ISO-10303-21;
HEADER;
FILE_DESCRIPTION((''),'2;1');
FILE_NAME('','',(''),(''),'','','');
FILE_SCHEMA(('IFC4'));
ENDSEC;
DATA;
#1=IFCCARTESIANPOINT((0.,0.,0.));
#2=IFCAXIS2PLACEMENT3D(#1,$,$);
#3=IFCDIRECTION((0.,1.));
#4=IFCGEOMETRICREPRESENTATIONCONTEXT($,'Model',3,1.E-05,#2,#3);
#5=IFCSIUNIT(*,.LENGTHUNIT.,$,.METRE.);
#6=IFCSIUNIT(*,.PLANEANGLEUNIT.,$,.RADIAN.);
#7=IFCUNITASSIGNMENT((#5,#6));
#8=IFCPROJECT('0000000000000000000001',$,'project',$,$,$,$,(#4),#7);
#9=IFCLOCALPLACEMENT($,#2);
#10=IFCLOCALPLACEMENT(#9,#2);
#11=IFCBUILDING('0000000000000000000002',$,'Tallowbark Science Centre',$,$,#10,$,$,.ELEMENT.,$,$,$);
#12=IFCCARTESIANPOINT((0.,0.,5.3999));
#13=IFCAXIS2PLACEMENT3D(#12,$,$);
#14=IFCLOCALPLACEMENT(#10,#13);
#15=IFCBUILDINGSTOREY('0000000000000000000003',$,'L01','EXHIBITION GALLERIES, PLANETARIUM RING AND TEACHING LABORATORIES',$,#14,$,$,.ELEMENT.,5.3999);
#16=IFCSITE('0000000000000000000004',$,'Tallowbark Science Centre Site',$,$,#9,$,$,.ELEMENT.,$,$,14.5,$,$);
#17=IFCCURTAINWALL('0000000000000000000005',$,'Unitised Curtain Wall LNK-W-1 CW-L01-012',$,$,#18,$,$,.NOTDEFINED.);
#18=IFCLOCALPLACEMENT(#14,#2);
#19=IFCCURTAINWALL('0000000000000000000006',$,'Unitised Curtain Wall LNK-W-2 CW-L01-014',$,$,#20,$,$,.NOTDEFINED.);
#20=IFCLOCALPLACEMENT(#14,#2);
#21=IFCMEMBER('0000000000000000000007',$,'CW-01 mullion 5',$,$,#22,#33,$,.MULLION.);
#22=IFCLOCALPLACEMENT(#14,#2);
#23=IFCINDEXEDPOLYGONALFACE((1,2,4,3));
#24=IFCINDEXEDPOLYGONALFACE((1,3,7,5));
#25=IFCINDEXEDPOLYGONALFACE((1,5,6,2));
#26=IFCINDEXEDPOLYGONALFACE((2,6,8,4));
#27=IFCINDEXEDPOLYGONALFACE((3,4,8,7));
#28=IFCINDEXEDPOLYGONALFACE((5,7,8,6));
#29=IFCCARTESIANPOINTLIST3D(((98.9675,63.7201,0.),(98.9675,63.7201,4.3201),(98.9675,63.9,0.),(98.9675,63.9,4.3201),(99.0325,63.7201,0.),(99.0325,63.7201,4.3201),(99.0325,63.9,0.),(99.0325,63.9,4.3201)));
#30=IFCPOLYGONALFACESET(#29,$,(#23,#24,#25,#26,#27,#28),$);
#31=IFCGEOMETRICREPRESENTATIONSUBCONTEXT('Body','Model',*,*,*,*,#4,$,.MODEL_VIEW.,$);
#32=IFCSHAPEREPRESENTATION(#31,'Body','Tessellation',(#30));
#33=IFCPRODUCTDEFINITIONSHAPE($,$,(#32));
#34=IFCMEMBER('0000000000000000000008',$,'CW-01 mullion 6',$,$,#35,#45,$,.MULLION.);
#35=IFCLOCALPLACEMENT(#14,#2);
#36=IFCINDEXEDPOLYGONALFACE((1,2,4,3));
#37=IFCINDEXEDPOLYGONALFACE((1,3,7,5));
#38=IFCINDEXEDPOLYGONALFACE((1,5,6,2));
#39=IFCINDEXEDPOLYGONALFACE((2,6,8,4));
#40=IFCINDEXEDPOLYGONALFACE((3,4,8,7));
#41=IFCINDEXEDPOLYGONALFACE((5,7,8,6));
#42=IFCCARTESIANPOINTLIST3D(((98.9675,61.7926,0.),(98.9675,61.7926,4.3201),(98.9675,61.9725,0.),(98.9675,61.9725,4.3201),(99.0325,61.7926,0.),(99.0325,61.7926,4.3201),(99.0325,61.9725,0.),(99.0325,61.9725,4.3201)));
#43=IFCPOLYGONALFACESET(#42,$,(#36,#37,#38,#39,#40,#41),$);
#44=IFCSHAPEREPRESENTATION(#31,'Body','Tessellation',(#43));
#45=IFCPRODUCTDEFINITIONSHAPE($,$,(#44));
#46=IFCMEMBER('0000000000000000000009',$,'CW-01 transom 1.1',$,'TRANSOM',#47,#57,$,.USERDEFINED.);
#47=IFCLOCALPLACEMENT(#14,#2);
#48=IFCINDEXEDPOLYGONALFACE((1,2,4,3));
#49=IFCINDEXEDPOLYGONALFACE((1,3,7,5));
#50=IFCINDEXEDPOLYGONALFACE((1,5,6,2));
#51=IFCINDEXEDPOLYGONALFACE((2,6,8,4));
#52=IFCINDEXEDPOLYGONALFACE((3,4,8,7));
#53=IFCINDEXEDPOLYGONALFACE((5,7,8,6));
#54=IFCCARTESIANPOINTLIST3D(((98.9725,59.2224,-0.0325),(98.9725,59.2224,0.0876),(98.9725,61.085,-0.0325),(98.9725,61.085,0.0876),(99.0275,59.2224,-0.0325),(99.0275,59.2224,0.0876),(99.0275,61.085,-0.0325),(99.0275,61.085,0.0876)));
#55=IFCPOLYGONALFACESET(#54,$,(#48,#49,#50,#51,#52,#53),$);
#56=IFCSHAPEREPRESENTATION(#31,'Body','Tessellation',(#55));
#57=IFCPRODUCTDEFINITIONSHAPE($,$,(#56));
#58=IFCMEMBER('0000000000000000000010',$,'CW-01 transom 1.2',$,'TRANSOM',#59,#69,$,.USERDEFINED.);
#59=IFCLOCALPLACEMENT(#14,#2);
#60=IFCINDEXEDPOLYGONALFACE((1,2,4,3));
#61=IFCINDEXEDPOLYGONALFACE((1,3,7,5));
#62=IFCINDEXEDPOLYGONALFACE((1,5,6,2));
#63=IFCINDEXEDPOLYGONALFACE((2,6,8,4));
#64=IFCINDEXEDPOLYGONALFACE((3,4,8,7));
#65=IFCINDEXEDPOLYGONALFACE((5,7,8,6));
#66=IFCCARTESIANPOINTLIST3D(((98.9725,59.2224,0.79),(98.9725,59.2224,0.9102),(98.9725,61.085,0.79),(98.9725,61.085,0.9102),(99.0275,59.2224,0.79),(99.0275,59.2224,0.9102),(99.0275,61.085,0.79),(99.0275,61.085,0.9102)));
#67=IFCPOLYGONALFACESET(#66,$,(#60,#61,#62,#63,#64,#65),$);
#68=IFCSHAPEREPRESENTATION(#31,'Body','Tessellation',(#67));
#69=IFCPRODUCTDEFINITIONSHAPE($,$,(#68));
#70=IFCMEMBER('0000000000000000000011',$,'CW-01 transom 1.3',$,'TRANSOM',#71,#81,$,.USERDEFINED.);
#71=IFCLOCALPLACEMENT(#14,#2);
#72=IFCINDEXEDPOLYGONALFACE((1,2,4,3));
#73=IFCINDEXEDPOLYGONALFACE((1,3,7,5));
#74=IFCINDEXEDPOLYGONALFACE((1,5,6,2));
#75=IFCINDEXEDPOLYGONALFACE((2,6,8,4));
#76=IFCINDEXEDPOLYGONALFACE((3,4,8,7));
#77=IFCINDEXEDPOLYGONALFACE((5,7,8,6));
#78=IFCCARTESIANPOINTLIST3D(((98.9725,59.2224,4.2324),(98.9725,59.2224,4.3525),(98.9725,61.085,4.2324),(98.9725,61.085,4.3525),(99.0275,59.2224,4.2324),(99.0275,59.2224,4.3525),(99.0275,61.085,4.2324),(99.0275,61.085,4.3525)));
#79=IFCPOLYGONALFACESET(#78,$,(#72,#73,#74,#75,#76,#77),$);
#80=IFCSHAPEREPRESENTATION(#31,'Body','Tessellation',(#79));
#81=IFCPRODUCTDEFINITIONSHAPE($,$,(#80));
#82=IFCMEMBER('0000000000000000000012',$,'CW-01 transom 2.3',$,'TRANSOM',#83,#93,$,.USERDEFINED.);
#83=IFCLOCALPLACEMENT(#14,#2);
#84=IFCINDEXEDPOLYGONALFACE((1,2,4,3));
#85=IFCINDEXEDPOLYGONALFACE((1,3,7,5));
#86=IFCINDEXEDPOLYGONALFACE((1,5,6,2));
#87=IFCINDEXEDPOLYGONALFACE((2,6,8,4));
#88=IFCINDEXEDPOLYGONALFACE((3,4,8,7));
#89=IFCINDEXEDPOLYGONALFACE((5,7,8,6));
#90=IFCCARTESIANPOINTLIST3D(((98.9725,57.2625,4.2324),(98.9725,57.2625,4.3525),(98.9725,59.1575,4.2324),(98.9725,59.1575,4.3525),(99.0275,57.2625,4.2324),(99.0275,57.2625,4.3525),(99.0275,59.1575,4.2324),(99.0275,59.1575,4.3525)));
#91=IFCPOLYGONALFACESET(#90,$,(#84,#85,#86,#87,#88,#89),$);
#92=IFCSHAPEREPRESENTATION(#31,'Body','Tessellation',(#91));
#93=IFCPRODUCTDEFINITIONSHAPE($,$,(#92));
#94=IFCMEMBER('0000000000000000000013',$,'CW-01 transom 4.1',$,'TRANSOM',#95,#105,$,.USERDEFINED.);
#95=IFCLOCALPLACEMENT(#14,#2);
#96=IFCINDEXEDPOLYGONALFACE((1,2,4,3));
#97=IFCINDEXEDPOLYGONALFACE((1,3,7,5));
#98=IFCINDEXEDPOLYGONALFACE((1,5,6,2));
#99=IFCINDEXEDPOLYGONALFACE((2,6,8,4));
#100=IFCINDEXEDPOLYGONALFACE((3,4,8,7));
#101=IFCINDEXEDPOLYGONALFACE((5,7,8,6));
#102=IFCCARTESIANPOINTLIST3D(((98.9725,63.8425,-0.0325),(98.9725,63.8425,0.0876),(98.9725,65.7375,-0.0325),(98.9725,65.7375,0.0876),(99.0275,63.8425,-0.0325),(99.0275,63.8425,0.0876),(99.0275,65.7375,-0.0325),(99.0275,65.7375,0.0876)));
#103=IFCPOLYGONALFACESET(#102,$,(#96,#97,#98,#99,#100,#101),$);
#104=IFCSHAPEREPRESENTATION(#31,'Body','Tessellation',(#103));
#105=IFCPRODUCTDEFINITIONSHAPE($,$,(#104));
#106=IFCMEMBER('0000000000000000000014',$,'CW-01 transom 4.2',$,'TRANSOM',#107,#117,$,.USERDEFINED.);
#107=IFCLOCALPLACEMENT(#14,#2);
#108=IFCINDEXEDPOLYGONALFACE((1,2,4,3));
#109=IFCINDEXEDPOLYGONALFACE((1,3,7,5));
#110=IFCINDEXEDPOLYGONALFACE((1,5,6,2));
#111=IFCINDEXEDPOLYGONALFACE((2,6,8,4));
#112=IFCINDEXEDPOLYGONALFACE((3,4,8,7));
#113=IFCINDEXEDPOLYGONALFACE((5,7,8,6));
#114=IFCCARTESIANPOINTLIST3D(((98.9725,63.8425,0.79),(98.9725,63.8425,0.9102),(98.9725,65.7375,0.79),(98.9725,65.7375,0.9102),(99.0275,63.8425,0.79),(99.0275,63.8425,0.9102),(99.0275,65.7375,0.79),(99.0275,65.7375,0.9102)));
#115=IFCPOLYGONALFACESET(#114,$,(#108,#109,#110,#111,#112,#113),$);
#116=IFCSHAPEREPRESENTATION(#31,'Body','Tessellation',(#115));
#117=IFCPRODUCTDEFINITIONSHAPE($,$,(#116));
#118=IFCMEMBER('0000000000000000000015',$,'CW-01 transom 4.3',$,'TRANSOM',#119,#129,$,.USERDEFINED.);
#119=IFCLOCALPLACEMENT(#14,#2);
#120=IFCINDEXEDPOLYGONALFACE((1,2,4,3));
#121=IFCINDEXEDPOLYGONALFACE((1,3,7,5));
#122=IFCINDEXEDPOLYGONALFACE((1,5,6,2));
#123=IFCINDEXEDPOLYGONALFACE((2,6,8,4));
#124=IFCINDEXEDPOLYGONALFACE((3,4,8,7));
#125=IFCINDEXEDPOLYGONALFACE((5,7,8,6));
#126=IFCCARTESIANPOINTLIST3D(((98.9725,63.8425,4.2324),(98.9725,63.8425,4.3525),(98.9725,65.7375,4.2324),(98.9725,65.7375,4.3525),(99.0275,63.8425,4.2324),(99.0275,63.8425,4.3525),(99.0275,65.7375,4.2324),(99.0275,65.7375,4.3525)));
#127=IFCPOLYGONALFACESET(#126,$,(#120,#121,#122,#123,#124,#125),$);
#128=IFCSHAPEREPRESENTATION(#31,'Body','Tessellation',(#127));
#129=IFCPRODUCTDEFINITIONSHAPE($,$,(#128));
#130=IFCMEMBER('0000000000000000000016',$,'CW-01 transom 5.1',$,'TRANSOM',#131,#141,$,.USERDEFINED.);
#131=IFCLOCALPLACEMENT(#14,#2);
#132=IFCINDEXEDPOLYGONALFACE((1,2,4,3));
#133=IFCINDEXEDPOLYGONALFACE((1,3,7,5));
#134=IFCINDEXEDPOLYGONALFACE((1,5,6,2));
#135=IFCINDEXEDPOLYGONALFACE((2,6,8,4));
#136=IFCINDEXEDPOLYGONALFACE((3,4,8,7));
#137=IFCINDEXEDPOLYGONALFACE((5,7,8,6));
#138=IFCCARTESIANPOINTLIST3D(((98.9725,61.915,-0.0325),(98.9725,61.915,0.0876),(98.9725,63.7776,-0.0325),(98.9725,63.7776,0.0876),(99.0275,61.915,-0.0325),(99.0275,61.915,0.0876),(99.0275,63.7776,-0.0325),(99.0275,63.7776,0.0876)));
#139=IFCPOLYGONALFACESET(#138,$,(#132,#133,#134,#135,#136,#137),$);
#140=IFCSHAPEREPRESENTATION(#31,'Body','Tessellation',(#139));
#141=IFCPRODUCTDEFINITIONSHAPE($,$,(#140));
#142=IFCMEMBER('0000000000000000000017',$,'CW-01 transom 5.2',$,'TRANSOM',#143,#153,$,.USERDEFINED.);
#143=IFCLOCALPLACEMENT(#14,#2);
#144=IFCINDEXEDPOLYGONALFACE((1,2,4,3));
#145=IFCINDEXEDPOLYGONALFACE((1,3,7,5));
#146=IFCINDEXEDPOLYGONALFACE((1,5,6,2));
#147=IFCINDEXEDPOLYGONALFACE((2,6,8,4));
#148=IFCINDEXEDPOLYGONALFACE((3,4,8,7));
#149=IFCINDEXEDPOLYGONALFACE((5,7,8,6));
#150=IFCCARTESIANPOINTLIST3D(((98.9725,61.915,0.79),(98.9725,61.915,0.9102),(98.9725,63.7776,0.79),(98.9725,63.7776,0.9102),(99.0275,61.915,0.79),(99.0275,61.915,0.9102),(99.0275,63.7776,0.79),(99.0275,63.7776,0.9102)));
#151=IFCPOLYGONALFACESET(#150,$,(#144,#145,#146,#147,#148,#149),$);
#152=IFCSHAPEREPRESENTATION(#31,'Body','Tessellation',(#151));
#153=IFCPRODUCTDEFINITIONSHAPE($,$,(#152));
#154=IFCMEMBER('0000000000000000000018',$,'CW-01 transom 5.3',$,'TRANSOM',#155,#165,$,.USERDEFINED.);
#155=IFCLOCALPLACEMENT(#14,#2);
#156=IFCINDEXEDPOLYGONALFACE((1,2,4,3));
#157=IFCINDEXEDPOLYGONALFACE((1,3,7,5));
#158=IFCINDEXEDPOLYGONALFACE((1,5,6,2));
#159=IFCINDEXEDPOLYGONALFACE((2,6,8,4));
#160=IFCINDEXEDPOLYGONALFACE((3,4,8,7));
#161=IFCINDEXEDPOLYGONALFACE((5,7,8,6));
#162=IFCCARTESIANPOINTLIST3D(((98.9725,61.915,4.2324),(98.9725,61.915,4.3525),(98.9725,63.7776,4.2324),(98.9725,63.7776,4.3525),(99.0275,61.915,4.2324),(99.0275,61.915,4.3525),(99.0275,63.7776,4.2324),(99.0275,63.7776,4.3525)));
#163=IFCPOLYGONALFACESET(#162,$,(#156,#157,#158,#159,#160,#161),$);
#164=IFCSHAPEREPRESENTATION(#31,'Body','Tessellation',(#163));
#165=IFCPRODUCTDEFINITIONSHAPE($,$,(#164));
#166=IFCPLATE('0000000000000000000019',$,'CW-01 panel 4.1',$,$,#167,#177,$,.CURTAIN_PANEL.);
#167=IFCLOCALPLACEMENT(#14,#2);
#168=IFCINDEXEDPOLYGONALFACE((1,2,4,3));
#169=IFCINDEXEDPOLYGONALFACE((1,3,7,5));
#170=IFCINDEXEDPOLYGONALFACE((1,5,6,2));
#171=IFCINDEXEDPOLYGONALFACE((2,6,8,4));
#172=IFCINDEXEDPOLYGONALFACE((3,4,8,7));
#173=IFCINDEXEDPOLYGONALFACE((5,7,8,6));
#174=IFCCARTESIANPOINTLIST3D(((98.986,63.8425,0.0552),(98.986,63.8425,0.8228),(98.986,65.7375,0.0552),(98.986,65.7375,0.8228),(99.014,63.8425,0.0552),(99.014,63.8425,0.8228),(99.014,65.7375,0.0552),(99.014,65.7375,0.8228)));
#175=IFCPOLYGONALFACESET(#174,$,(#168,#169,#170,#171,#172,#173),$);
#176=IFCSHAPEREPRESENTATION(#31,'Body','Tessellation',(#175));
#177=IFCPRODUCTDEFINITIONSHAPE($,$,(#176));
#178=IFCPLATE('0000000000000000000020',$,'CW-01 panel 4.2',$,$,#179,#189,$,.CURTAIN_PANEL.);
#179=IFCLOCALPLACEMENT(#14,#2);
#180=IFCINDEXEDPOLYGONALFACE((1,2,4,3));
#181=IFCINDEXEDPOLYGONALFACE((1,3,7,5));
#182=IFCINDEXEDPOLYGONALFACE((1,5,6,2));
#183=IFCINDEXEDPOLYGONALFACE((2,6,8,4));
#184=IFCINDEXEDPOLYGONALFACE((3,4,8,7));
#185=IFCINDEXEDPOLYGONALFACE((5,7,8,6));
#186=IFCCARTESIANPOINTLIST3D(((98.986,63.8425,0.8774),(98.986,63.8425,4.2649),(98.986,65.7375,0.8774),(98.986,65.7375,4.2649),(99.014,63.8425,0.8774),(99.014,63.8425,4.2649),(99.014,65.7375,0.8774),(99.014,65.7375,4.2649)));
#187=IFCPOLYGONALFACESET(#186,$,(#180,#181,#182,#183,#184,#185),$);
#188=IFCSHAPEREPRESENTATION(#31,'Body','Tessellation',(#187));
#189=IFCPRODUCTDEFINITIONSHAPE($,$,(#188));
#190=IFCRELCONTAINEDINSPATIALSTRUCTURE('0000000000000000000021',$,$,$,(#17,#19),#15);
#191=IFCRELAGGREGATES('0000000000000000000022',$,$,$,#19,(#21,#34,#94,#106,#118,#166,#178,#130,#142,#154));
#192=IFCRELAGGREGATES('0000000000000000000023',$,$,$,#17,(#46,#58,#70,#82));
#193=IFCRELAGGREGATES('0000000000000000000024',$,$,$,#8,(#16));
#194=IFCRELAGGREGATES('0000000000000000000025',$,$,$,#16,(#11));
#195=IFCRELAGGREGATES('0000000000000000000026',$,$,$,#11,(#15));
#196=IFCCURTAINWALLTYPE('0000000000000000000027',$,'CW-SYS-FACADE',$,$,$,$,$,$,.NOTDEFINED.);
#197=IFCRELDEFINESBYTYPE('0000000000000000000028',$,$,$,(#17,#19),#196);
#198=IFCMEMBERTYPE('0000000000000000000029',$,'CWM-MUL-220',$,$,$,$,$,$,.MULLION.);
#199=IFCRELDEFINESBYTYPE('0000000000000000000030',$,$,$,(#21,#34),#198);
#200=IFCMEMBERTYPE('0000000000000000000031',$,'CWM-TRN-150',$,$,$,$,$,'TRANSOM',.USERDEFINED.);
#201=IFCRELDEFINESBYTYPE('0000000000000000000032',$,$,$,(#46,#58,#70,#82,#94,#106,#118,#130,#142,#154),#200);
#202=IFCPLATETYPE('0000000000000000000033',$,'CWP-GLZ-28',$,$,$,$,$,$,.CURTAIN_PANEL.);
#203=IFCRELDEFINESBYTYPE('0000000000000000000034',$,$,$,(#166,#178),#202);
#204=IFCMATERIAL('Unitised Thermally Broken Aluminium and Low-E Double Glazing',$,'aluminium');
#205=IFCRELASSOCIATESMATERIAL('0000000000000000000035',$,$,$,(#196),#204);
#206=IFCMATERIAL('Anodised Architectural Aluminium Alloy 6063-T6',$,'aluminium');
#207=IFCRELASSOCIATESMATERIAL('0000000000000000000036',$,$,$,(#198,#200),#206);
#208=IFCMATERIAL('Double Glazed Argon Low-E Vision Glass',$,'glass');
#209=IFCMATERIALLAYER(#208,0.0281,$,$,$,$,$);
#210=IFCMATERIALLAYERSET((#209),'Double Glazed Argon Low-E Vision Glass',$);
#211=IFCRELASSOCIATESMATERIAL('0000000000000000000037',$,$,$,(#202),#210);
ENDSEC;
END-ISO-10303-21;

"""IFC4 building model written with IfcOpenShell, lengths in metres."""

from ifc_helpers import new_model, si_unit, direction, frame, origin, origin_2d, place, context, subcontext, project, spatial, rectangle, extrude, material, layer, layer_set, material_profile, profile_set, type_object, element, aggregate, save


model = new_model("IFC4")

# Units and contexts
model_context = context("Model", 3, precision=1e-05, world=origin(), true_north=direction((0.0, 1.0)))
body_context = subcontext(model_context, "Body", "Model", "MODEL_VIEW")
ifc_project = project(units=[si_unit("LENGTHUNIT", "METRE"), si_unit("PLANEANGLEUNIT", "RADIAN")], contexts=[model_context])

# Site, building, storey
site_placement = place(None, origin())
site = spatial("IfcSite", under=ifc_project, at=site_placement, Name="Tallowbark Science Centre Site", CompositionType="ELEMENT", RefElevation=14.5)
building_placement = place(site_placement, origin())
building = spatial("IfcBuilding", under=site, at=building_placement, Name="Tallowbark Science Centre", CompositionType="ELEMENT")
storey_placement = place(building_placement, frame((0.0, 0.0, 5.3999)))
storey = spatial("IfcBuildingStorey", under=building, at=storey_placement, Name="L01", Description="EXHIBITION GALLERIES, PLANETARIUM RING AND TEACHING LABORATORIES", CompositionType="ELEMENT", Elevation=5.3999)

# Curtain walls, members
ifc_material_1 = material(Name="Unitised Thermally Broken Aluminium and Low-E Double Glazing", Category="aluminium")
curtain_wall_type = type_object("IfcCurtainWallType", Name="CW-SYS-FACADE", PredefinedType="NOTDEFINED", material=ifc_material_1)
curtain_wall_1_placement = place(storey_placement, origin())
curtain_wall_1 = element("IfcCurtainWall", 1, at=curtain_wall_1_placement, inside=storey, type_object=curtain_wall_type, Name="Unitised Curtain Wall LNK-W-1 CW-L01-012", PredefinedType="NOTDEFINED")
ifc_material_2 = material(Name="Anodised Architectural Aluminium Alloy 6063-T6", Category="aluminium")
ifc_material_profile_1 = material_profile(ifc_material_2, rectangle(XDim=0.0649, YDim=0.1799, at=origin_2d()), Name="ALU65x180")
ifc_profile_set_1 = profile_set([ifc_material_profile_1], Name="Anodised Architectural Aluminium Alloy 6063-T6")
member_type_1 = type_object("IfcMemberType", Name="CWM-MUL-220", PredefinedType="MULLION", material=ifc_profile_set_1)
curtain_wall_2_placement = place(storey_placement, origin())
curtain_wall_2 = element("IfcCurtainWall", 2, at=curtain_wall_2_placement, inside=storey, type_object=curtain_wall_type, Name="Unitised Curtain Wall LNK-W-2 CW-L01-014", PredefinedType="NOTDEFINED")
member_1_placement = place(storey_placement, frame((99.0, 63.8101, 0.0), z_axis=(0.0, 0.0, 1.0), x_axis=(1.0, 0.0, 0.0)))
member_1 = element("IfcMember", 3, at=member_1_placement, type_object=member_type_1, Name="CW-01 mullion 5", PredefinedType="MULLION", context=body_context, shape_type="SweptSolid", body=[
    extrude(rectangle(XDim=0.0649, YDim=0.1799, at=origin_2d()), origin(), (0.0, 0.0, 1.0), 4.3201),
])
member_2_placement = place(storey_placement, frame((99.0, 61.8826, 0.0), z_axis=(0.0, 0.0, 1.0), x_axis=(1.0, 0.0, 0.0)))
member_2 = element("IfcMember", 4, at=member_2_placement, type_object=member_type_1, Name="CW-01 mullion 6", PredefinedType="MULLION", context=body_context, shape_type="SweptSolid", body=[
    extrude(rectangle(XDim=0.0649, YDim=0.1799, at=origin_2d()), origin(), (0.0, 0.0, 1.0), 4.3201),
])

# Members
ifc_material_profile_2 = material_profile(ifc_material_2, rectangle(XDim=0.0549, YDim=0.1201, at=origin_2d()), Name="ALU55x120")
ifc_profile_set_2 = profile_set([ifc_material_profile_2], Name="Anodised Architectural Aluminium Alloy 6063-T6")
member_type_2 = type_object("IfcMemberType", Name="CWM-TRN-150", ElementType="TRANSOM", PredefinedType="USERDEFINED", material=ifc_profile_set_2)
member_3_placement = place(storey_placement, frame((99.0, 61.085, 0.0276), z_axis=(0.0, -1.0, 0.0), x_axis=(1.0, 0.0, 0.0)))
member_3 = element("IfcMember", 5, at=member_3_placement, type_object=member_type_2, Name="CW-01 transom 1.1", ObjectType="TRANSOM", PredefinedType="USERDEFINED", context=body_context, shape_type="SweptSolid", body=[
    extrude(rectangle(XDim=0.0549, YDim=0.1201, at=origin_2d()), origin(), (0.0, 0.0, 1.0), 1.8625),
])
member_4_placement = place(storey_placement, frame((99.0, 61.085, 0.8501), z_axis=(0.0, -1.0, 0.0), x_axis=(1.0, 0.0, 0.0)))
member_4 = element("IfcMember", 6, at=member_4_placement, type_object=member_type_2, Name="CW-01 transom 1.2", ObjectType="TRANSOM", PredefinedType="USERDEFINED", context=body_context, shape_type="SweptSolid", body=[
    extrude(rectangle(XDim=0.0549, YDim=0.1201, at=origin_2d()), origin(), (0.0, 0.0, 1.0), 1.8625),
])
member_5_placement = place(storey_placement, frame((99.0, 61.085, 4.2925), z_axis=(0.0, -1.0, 0.0), x_axis=(1.0, 0.0, 0.0)))
member_5 = element("IfcMember", 7, at=member_5_placement, type_object=member_type_2, Name="CW-01 transom 1.3", ObjectType="TRANSOM", PredefinedType="USERDEFINED", context=body_context, shape_type="SweptSolid", body=[
    extrude(rectangle(XDim=0.0549, YDim=0.1201, at=origin_2d()), origin(), (0.0, 0.0, 1.0), 1.8625),
])
member_6_placement = place(storey_placement, frame((99.0, 59.1575, 4.2925), z_axis=(0.0, -1.0, 0.0), x_axis=(1.0, 0.0, 0.0)))
member_6 = element("IfcMember", 8, at=member_6_placement, type_object=member_type_2, Name="CW-01 transom 2.3", ObjectType="TRANSOM", PredefinedType="USERDEFINED", context=body_context, shape_type="SweptSolid", body=[
    extrude(rectangle(XDim=0.0549, YDim=0.1201, at=origin_2d()), origin(), (0.0, 0.0, 1.0), 1.895),
])
member_7_placement = place(storey_placement, frame((99.0, 65.7375, 0.0276), z_axis=(0.0, -1.0, 0.0), x_axis=(1.0, 0.0, 0.0)))
member_7 = element("IfcMember", 9, at=member_7_placement, type_object=member_type_2, Name="CW-01 transom 4.1", ObjectType="TRANSOM", PredefinedType="USERDEFINED", context=body_context, shape_type="SweptSolid", body=[
    extrude(rectangle(XDim=0.0549, YDim=0.1201, at=origin_2d()), origin(), (0.0, 0.0, 1.0), 1.895),
])
member_8_placement = place(storey_placement, frame((99.0, 65.7375, 0.8501), z_axis=(0.0, -1.0, 0.0), x_axis=(1.0, 0.0, 0.0)))
member_8 = element("IfcMember", 10, at=member_8_placement, type_object=member_type_2, Name="CW-01 transom 4.2", ObjectType="TRANSOM", PredefinedType="USERDEFINED", context=body_context, shape_type="SweptSolid", body=[
    extrude(rectangle(XDim=0.0549, YDim=0.1201, at=origin_2d()), origin(), (0.0, 0.0, 1.0), 1.895),
])
member_9_placement = place(storey_placement, frame((99.0, 65.7375, 4.2925), z_axis=(0.0, -1.0, 0.0), x_axis=(1.0, 0.0, 0.0)))
member_9 = element("IfcMember", 11, at=member_9_placement, type_object=member_type_2, Name="CW-01 transom 4.3", ObjectType="TRANSOM", PredefinedType="USERDEFINED", context=body_context, shape_type="SweptSolid", body=[
    extrude(rectangle(XDim=0.0549, YDim=0.1201, at=origin_2d()), origin(), (0.0, 0.0, 1.0), 1.895),
])
member_10_placement = place(storey_placement, frame((99.0, 63.7776, 0.0276), z_axis=(0.0, -1.0, 0.0), x_axis=(1.0, 0.0, 0.0)))
member_10 = element("IfcMember", 12, at=member_10_placement, type_object=member_type_2, Name="CW-01 transom 5.1", ObjectType="TRANSOM", PredefinedType="USERDEFINED", context=body_context, shape_type="SweptSolid", body=[
    extrude(rectangle(XDim=0.0549, YDim=0.1201, at=origin_2d()), origin(), (0.0, 0.0, 1.0), 1.8625),
])
member_11_placement = place(storey_placement, frame((99.0, 63.7776, 0.8501), z_axis=(0.0, -1.0, 0.0), x_axis=(1.0, 0.0, 0.0)))
member_11 = element("IfcMember", 13, at=member_11_placement, type_object=member_type_2, Name="CW-01 transom 5.2", ObjectType="TRANSOM", PredefinedType="USERDEFINED", context=body_context, shape_type="SweptSolid", body=[
    extrude(rectangle(XDim=0.0549, YDim=0.1201, at=origin_2d()), origin(), (0.0, 0.0, 1.0), 1.8625),
])
member_12_placement = place(storey_placement, frame((99.0, 63.7776, 4.2925), z_axis=(0.0, -1.0, 0.0), x_axis=(1.0, 0.0, 0.0)))
member_12 = element("IfcMember", 14, at=member_12_placement, type_object=member_type_2, Name="CW-01 transom 5.3", ObjectType="TRANSOM", PredefinedType="USERDEFINED", context=body_context, shape_type="SweptSolid", body=[
    extrude(rectangle(XDim=0.0549, YDim=0.1201, at=origin_2d()), origin(), (0.0, 0.0, 1.0), 1.8625),
])

# Plates
ifc_material_3 = material(Name="Double Glazed Argon Low-E Vision Glass", Category="glass")
ifc_layer_1 = layer(ifc_material_3, 0.0281)
ifc_layer_set_1 = layer_set([ifc_layer_1], Name="Double Glazed Argon Low-E Vision Glass")
plate_type_1 = type_object("IfcPlateType", Name="CWP-GLZ-28", PredefinedType="CURTAIN_PANEL", material=ifc_layer_set_1)
plate_1_placement = place(storey_placement, frame((99.0, 64.79, 0.0552), z_axis=(0.0, 0.0, 1.0), x_axis=(0.0, -1.0, 0.0)))
plate_1 = element("IfcPlate", 15, at=plate_1_placement, type_object=plate_type_1, Name="CW-01 panel 4.1", PredefinedType="CURTAIN_PANEL", context=body_context, shape_type="SweptSolid", body=[
    extrude(rectangle(XDim=1.895, YDim=0.0281, at=origin_2d()), origin(), (0.0, 0.0, 1.0), 0.7676),
])
plate_2_placement = place(storey_placement, frame((99.0, 64.79, 0.8774), z_axis=(0.0, 0.0, 1.0), x_axis=(0.0, -1.0, 0.0)))
plate_2 = element("IfcPlate", 16, at=plate_2_placement, type_object=plate_type_1, Name="CW-01 panel 4.2", PredefinedType="CURTAIN_PANEL", context=body_context, shape_type="SweptSolid", body=[
    extrude(rectangle(XDim=1.895, YDim=0.0281, at=origin_2d()), origin(), (0.0, 0.0, 1.0), 3.3875),
])
aggregate(curtain_wall_2, [member_1, member_2, member_7, member_8, member_9, plate_1, plate_2, member_10, member_11, member_12])
aggregate(curtain_wall_1, [member_3, member_4, member_5, member_6])

save(model, "model.ifc")
